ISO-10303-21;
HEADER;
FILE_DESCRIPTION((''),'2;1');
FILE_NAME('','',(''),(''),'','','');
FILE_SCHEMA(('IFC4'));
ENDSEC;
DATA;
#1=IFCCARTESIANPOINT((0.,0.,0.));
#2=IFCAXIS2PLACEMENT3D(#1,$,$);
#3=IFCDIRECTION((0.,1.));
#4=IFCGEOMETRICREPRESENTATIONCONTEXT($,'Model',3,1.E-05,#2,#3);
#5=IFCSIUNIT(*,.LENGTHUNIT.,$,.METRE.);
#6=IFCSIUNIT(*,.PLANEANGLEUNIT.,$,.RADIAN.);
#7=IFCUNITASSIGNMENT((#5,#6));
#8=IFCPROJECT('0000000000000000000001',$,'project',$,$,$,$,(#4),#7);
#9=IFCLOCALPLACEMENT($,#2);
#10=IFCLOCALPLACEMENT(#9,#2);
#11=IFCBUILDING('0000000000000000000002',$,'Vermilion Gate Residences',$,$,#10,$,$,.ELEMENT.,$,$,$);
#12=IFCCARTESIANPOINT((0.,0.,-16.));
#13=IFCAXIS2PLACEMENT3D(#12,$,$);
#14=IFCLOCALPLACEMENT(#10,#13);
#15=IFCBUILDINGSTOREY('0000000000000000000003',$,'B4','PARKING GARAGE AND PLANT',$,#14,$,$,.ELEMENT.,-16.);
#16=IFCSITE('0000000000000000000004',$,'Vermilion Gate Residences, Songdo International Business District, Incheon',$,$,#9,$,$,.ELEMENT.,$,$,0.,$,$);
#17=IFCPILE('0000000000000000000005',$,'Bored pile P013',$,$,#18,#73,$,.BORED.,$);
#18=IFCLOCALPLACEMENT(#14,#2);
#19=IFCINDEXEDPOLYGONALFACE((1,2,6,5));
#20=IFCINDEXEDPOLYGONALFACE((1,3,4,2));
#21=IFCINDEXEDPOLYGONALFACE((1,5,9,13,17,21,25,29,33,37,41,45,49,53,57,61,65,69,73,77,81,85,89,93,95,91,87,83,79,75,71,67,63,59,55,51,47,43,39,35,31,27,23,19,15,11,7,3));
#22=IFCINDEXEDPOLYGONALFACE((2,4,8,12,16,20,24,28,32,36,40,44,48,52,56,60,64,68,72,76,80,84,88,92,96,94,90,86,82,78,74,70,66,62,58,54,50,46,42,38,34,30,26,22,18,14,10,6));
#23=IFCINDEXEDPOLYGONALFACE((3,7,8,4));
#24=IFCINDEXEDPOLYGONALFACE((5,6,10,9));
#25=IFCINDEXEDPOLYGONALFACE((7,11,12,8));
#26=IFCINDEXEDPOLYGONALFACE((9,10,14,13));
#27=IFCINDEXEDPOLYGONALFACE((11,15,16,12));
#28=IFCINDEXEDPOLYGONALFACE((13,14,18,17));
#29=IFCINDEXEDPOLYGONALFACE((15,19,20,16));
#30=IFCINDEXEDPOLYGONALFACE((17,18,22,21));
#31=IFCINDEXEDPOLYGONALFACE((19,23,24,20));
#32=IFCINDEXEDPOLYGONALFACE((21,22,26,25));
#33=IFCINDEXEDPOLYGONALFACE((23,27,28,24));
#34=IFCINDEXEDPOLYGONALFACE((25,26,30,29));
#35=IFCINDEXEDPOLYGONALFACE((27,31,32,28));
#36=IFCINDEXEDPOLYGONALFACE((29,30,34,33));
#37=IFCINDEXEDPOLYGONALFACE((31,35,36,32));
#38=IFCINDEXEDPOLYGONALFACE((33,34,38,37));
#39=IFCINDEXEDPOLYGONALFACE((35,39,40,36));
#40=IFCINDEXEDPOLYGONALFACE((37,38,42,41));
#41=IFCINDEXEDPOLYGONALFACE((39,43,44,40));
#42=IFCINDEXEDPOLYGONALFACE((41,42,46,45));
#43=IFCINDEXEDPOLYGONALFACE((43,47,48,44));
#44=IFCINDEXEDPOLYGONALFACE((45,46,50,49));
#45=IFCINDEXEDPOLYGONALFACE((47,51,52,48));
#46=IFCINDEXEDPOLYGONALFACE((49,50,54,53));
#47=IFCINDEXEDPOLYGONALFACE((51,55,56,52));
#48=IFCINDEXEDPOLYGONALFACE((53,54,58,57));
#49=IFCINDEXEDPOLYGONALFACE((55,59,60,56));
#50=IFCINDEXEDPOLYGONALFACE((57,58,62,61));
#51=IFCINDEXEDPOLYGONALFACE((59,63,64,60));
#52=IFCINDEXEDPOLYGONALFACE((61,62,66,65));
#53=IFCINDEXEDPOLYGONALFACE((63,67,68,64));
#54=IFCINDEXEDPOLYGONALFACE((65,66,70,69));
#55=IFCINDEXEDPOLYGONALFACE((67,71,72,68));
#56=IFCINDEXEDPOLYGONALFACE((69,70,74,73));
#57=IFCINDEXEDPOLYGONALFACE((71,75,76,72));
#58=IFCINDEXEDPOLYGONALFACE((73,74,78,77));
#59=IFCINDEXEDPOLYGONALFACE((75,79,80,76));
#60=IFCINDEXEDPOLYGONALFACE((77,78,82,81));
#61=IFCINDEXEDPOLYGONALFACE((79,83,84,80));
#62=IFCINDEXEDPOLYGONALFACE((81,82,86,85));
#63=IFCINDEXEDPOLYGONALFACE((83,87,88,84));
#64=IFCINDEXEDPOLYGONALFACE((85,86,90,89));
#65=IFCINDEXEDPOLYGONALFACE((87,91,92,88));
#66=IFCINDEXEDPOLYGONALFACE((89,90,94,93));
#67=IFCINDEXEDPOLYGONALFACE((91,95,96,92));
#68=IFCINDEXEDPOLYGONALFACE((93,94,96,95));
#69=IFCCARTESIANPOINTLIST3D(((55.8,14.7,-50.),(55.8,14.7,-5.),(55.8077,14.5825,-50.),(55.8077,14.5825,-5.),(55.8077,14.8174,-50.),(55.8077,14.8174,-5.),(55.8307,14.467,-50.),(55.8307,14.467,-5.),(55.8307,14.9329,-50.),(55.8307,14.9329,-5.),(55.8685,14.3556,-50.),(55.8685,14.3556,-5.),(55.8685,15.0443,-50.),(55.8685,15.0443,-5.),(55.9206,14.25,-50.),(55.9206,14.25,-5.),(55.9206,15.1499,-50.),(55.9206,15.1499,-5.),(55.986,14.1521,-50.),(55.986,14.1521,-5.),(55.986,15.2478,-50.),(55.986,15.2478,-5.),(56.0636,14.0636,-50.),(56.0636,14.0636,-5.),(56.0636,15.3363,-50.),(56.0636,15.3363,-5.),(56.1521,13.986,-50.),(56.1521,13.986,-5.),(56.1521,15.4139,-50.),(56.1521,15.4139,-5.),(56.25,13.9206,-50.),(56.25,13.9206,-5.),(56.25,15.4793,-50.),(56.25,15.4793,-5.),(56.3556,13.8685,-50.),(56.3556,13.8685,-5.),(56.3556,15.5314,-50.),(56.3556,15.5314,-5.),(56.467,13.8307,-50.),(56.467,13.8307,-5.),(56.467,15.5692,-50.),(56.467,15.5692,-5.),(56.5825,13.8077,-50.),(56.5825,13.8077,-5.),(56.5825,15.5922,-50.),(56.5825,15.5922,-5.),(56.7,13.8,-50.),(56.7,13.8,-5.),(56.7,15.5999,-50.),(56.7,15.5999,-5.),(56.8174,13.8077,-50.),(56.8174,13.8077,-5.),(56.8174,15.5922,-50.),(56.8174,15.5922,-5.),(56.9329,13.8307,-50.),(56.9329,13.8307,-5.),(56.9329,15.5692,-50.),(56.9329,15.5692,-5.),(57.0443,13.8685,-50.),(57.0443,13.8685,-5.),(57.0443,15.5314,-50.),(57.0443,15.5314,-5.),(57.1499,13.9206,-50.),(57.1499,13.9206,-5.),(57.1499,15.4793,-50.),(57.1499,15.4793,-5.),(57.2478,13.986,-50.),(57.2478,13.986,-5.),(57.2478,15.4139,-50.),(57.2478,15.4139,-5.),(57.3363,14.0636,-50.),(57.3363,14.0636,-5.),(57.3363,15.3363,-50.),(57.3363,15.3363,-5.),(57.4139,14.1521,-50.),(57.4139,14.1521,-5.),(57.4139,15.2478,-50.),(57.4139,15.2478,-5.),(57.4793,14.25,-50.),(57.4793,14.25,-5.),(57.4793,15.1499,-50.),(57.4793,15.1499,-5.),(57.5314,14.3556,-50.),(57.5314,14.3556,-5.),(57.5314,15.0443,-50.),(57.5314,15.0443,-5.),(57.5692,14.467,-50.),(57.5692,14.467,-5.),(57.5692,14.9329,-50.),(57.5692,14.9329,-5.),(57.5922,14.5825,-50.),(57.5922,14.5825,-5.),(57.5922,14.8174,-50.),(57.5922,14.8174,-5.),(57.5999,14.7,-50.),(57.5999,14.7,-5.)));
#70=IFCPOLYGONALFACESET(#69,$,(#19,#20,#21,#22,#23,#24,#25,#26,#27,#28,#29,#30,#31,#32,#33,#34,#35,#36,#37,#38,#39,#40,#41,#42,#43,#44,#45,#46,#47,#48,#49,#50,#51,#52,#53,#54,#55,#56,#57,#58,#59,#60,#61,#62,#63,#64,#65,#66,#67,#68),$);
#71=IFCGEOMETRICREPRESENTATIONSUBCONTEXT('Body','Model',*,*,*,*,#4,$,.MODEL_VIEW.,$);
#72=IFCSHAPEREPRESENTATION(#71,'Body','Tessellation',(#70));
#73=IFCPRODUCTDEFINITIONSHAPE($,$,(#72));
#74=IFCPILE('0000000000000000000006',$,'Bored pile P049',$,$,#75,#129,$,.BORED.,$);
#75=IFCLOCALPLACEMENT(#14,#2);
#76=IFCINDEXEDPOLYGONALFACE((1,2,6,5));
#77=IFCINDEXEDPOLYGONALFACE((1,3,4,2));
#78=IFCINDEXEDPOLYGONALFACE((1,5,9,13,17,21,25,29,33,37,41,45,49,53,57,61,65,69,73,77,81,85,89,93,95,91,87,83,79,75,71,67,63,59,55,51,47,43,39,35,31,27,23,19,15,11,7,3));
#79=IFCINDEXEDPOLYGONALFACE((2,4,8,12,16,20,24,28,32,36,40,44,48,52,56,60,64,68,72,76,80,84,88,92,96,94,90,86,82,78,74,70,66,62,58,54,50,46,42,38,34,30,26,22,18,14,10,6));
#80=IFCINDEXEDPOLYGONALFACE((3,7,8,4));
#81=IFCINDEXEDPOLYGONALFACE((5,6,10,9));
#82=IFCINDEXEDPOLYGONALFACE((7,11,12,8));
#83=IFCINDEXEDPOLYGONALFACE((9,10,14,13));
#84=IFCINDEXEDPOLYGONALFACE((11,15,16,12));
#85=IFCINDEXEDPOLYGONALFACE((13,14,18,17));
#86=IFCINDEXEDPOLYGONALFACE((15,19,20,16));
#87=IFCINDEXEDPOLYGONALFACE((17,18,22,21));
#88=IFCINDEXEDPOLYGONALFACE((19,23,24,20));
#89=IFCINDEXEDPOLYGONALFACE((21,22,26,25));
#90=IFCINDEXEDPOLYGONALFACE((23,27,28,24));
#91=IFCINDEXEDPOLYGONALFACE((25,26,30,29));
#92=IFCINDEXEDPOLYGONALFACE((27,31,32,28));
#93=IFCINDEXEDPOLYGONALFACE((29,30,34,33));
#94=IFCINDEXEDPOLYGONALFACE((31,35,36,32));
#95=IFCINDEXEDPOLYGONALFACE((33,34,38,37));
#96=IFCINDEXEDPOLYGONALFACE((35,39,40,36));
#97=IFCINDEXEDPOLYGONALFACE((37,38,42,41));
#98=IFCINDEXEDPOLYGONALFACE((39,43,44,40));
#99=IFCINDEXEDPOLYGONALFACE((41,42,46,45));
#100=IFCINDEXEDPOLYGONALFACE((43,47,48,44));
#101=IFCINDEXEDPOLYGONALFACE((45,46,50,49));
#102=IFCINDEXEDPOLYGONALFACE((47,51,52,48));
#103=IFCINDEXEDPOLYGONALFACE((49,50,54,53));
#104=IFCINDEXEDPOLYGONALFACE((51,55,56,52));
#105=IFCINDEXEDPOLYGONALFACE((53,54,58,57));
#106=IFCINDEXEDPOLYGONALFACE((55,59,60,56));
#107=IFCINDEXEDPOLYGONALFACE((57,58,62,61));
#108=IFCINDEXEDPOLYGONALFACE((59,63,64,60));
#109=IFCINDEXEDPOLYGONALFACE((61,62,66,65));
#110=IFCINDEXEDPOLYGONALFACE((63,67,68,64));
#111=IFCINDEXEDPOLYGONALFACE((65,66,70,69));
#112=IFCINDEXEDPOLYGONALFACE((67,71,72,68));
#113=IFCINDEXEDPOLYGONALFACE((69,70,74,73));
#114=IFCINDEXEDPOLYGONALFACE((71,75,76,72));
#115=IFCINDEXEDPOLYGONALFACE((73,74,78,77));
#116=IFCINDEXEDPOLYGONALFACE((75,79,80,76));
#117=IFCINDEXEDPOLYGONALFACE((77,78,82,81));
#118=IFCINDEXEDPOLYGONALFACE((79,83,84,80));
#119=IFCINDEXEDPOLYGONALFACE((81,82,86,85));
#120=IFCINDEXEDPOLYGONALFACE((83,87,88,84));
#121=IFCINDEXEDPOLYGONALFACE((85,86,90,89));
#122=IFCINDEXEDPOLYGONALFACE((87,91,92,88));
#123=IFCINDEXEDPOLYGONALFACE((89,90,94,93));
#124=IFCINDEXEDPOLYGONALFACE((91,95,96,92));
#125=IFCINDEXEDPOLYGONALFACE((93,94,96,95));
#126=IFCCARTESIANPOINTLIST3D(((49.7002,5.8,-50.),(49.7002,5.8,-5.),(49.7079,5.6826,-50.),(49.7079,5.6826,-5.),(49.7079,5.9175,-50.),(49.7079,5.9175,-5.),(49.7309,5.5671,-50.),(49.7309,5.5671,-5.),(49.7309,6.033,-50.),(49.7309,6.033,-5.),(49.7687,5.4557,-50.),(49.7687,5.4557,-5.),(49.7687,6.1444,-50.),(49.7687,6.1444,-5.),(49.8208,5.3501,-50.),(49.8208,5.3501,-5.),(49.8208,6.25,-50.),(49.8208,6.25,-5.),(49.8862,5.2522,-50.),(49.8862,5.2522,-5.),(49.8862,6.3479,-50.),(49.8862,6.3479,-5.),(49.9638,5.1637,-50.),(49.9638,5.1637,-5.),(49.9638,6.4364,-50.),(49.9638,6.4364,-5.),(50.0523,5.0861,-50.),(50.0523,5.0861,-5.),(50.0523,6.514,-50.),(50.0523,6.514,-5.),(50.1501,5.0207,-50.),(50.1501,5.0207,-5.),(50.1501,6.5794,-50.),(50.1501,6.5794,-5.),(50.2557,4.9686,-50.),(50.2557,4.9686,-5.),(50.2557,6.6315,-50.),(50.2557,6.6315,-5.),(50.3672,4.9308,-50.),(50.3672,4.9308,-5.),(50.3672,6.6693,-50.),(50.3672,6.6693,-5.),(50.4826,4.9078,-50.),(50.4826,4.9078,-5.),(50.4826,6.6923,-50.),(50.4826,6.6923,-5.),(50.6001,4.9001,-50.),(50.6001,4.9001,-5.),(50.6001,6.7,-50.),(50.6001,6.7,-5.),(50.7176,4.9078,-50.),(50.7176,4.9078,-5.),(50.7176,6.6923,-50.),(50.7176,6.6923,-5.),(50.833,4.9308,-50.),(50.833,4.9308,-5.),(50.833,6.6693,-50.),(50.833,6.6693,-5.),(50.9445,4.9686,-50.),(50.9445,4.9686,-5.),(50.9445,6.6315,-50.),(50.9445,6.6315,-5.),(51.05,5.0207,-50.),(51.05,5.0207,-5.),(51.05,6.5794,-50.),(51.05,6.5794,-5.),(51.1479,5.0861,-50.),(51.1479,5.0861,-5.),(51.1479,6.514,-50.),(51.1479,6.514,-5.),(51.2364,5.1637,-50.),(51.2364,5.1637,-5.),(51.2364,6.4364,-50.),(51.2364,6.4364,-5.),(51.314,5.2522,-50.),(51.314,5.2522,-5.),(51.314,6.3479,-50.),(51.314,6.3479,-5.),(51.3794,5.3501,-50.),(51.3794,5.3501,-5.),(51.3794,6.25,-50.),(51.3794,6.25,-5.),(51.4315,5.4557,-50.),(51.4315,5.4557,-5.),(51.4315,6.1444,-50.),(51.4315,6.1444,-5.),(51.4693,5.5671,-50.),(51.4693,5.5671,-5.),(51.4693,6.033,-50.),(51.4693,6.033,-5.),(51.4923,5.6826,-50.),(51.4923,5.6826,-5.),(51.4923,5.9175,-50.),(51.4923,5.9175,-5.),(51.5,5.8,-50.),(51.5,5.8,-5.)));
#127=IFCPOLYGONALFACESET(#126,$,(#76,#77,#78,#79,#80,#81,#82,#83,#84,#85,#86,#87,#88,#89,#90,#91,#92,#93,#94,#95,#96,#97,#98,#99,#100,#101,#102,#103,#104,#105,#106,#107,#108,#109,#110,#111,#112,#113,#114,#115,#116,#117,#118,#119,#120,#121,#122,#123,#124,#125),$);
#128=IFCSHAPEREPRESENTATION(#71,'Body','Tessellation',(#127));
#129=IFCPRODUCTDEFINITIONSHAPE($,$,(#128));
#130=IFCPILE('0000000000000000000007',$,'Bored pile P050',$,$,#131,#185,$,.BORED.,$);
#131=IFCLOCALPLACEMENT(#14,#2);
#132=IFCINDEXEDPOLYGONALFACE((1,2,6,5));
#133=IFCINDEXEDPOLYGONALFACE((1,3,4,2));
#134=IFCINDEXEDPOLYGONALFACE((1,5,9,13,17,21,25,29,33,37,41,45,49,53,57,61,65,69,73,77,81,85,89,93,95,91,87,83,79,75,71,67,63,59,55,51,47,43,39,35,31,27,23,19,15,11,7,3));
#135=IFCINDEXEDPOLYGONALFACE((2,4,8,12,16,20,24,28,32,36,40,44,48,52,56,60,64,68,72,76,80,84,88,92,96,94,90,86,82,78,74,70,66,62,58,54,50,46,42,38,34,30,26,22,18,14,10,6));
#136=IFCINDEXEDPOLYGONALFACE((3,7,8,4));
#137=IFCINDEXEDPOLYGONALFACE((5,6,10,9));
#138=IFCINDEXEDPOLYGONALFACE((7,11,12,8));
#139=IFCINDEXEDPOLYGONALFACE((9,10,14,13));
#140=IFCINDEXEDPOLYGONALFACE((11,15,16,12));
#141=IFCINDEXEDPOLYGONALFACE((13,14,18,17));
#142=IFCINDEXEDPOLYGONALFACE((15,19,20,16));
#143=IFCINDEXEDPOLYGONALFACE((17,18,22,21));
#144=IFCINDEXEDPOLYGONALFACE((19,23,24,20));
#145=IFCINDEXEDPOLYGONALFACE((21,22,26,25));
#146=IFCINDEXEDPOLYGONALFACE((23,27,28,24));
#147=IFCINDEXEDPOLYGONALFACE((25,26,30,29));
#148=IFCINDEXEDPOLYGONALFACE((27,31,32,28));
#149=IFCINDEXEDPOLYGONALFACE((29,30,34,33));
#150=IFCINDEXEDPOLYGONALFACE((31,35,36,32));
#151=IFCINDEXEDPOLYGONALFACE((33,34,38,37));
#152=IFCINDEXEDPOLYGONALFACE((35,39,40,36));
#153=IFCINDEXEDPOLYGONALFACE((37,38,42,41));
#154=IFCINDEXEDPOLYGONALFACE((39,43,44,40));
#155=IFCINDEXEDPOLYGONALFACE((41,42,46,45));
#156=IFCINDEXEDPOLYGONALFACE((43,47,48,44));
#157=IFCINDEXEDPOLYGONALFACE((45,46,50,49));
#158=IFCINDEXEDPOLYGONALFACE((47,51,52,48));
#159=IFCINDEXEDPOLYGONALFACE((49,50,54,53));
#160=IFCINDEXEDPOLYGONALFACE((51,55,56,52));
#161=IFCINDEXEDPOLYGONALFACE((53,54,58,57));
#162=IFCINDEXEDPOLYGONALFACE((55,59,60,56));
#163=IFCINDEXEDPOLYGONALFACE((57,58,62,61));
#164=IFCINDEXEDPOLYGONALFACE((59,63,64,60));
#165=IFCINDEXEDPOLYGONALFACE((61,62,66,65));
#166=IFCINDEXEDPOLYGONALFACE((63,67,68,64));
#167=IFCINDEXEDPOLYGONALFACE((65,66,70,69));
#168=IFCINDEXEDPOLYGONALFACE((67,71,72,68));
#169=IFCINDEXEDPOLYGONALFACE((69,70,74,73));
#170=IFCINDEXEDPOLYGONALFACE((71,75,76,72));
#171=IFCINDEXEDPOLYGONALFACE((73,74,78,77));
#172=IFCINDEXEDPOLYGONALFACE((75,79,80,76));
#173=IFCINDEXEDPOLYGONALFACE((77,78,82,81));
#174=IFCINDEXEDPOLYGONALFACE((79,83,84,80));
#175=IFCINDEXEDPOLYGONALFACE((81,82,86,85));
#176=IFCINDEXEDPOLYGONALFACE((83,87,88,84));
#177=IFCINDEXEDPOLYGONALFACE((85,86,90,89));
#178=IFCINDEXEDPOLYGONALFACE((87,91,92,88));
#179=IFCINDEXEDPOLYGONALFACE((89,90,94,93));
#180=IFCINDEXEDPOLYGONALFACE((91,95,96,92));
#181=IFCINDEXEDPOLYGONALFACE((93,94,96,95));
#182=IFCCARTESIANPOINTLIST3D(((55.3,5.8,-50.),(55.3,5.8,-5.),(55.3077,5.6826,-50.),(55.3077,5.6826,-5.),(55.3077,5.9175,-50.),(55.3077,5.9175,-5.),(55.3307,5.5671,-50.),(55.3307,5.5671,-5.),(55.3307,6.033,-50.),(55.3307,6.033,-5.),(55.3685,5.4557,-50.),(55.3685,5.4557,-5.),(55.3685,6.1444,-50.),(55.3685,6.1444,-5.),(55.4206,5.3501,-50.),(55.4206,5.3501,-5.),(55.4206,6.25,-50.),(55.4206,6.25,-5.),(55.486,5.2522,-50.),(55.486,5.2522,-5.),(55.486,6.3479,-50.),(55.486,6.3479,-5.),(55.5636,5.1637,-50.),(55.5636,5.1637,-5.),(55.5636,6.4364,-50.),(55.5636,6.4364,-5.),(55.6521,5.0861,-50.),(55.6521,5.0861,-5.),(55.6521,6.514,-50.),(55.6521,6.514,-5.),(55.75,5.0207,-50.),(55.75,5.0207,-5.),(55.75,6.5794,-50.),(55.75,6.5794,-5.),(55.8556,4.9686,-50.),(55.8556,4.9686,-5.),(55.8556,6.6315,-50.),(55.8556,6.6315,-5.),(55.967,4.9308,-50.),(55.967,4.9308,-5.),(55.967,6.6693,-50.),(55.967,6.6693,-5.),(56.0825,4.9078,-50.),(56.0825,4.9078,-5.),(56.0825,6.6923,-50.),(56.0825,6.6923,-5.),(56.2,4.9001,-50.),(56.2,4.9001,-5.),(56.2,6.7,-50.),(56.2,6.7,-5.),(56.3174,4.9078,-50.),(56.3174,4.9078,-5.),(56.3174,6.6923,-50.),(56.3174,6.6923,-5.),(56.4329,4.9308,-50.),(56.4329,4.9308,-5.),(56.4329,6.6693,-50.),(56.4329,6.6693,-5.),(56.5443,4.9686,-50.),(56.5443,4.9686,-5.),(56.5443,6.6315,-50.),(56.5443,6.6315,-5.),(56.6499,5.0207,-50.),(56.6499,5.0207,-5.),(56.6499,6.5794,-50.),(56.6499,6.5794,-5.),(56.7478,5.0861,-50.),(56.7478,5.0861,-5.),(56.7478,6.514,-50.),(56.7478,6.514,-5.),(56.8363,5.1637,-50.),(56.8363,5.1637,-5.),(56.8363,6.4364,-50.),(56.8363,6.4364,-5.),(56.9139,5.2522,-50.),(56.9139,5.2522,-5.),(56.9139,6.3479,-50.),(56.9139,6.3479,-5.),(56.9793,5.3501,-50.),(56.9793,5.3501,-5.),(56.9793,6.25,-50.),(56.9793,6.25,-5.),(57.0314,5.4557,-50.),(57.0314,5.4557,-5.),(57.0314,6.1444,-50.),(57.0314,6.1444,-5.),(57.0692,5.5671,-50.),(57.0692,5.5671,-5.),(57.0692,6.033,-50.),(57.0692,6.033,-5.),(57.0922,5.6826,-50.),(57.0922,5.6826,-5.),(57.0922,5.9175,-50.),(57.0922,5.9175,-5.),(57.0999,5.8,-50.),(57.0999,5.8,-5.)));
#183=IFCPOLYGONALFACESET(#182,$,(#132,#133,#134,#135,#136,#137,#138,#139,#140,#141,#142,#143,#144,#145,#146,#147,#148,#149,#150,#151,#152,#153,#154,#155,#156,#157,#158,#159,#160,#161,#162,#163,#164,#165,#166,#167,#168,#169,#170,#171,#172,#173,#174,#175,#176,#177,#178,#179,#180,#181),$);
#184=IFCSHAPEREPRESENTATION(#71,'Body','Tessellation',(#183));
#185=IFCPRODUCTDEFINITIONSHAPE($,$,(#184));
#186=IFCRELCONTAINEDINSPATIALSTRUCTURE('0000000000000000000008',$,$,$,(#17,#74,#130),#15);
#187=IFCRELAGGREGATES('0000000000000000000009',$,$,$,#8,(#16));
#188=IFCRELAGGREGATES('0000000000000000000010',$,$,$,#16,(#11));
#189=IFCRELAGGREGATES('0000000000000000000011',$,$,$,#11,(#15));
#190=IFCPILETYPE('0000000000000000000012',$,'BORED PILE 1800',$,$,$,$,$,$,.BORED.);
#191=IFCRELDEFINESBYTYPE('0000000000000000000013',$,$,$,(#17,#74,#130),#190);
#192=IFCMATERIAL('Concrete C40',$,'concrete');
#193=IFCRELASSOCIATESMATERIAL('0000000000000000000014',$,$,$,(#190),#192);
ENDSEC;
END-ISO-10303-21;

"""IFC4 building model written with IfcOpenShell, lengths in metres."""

from ifc_helpers import new_model, si_unit, direction, frame, origin, origin_2d, place, context, subcontext, project, spatial, circle, extrude, material, material_profile, profile_set, type_object, element, save


model = new_model("IFC4")

# Units and contexts
model_context = context("Model", 3, precision=1e-05, world=origin(), true_north=direction((0.0, 1.0)))
body_context = subcontext(model_context, "Body", "Model", "MODEL_VIEW")
ifc_project = project(units=[si_unit("LENGTHUNIT", "METRE"), si_unit("PLANEANGLEUNIT", "RADIAN")], contexts=[model_context])

# Site, building, storey
site_placement = place(None, origin())
site = spatial("IfcSite", under=ifc_project, at=site_placement, Name="Vermilion Gate Residences, Songdo International Business District, Incheon", CompositionType="ELEMENT", RefElevation=0.0)
building_placement = place(site_placement, origin())
building = spatial("IfcBuilding", under=site, at=building_placement, Name="Vermilion Gate Residences", CompositionType="ELEMENT")
storey_placement = place(building_placement, frame((0.0, 0.0, -16.0)))
storey = spatial("IfcBuildingStorey", under=building, at=storey_placement, Name="B4", Description="PARKING GARAGE AND PLANT", CompositionType="ELEMENT", Elevation=-16.0)

# Piles
ifc_material_1 = material(Name="Concrete C40", Category="concrete")
ifc_material_profile = material_profile(ifc_material_1, circle(Radius=0.8999, at=origin_2d()), Name="BORED PILE 1800")
ifc_profile_set = profile_set([ifc_material_profile], Name="Concrete C40")
pile_type = type_object("IfcPileType", Name="BORED PILE 1800", PredefinedType="BORED", material=ifc_profile_set)
for number, where, z_axis, x_axis, name in (
    (1, (56.7, 14.7, -5.0), (0.0, 0.0, -1.0), (1.0, 0.0, 0.0), "Bored pile P013"),
    (2, (50.6001, 5.8, -5.0), (0.0, 0.0, -1.0), (1.0, 0.0, 0.0), "Bored pile P049"),
    (3, (56.2, 5.8, -5.0), (0.0, 0.0, -1.0), (1.0, 0.0, 0.0), "Bored pile P050"),
):
    element("IfcPile", number, at=place(storey_placement, frame(where, z_axis=z_axis, x_axis=x_axis)), inside=storey, type_object=pile_type, Name=name, PredefinedType="BORED", context=body_context, shape_type="SweptSolid", body=[
        extrude(circle(Radius=0.8999, at=origin_2d()), origin(), (0.0, 0.0, 1.0), 45.0),
    ])

save(model, "model.ifc")
